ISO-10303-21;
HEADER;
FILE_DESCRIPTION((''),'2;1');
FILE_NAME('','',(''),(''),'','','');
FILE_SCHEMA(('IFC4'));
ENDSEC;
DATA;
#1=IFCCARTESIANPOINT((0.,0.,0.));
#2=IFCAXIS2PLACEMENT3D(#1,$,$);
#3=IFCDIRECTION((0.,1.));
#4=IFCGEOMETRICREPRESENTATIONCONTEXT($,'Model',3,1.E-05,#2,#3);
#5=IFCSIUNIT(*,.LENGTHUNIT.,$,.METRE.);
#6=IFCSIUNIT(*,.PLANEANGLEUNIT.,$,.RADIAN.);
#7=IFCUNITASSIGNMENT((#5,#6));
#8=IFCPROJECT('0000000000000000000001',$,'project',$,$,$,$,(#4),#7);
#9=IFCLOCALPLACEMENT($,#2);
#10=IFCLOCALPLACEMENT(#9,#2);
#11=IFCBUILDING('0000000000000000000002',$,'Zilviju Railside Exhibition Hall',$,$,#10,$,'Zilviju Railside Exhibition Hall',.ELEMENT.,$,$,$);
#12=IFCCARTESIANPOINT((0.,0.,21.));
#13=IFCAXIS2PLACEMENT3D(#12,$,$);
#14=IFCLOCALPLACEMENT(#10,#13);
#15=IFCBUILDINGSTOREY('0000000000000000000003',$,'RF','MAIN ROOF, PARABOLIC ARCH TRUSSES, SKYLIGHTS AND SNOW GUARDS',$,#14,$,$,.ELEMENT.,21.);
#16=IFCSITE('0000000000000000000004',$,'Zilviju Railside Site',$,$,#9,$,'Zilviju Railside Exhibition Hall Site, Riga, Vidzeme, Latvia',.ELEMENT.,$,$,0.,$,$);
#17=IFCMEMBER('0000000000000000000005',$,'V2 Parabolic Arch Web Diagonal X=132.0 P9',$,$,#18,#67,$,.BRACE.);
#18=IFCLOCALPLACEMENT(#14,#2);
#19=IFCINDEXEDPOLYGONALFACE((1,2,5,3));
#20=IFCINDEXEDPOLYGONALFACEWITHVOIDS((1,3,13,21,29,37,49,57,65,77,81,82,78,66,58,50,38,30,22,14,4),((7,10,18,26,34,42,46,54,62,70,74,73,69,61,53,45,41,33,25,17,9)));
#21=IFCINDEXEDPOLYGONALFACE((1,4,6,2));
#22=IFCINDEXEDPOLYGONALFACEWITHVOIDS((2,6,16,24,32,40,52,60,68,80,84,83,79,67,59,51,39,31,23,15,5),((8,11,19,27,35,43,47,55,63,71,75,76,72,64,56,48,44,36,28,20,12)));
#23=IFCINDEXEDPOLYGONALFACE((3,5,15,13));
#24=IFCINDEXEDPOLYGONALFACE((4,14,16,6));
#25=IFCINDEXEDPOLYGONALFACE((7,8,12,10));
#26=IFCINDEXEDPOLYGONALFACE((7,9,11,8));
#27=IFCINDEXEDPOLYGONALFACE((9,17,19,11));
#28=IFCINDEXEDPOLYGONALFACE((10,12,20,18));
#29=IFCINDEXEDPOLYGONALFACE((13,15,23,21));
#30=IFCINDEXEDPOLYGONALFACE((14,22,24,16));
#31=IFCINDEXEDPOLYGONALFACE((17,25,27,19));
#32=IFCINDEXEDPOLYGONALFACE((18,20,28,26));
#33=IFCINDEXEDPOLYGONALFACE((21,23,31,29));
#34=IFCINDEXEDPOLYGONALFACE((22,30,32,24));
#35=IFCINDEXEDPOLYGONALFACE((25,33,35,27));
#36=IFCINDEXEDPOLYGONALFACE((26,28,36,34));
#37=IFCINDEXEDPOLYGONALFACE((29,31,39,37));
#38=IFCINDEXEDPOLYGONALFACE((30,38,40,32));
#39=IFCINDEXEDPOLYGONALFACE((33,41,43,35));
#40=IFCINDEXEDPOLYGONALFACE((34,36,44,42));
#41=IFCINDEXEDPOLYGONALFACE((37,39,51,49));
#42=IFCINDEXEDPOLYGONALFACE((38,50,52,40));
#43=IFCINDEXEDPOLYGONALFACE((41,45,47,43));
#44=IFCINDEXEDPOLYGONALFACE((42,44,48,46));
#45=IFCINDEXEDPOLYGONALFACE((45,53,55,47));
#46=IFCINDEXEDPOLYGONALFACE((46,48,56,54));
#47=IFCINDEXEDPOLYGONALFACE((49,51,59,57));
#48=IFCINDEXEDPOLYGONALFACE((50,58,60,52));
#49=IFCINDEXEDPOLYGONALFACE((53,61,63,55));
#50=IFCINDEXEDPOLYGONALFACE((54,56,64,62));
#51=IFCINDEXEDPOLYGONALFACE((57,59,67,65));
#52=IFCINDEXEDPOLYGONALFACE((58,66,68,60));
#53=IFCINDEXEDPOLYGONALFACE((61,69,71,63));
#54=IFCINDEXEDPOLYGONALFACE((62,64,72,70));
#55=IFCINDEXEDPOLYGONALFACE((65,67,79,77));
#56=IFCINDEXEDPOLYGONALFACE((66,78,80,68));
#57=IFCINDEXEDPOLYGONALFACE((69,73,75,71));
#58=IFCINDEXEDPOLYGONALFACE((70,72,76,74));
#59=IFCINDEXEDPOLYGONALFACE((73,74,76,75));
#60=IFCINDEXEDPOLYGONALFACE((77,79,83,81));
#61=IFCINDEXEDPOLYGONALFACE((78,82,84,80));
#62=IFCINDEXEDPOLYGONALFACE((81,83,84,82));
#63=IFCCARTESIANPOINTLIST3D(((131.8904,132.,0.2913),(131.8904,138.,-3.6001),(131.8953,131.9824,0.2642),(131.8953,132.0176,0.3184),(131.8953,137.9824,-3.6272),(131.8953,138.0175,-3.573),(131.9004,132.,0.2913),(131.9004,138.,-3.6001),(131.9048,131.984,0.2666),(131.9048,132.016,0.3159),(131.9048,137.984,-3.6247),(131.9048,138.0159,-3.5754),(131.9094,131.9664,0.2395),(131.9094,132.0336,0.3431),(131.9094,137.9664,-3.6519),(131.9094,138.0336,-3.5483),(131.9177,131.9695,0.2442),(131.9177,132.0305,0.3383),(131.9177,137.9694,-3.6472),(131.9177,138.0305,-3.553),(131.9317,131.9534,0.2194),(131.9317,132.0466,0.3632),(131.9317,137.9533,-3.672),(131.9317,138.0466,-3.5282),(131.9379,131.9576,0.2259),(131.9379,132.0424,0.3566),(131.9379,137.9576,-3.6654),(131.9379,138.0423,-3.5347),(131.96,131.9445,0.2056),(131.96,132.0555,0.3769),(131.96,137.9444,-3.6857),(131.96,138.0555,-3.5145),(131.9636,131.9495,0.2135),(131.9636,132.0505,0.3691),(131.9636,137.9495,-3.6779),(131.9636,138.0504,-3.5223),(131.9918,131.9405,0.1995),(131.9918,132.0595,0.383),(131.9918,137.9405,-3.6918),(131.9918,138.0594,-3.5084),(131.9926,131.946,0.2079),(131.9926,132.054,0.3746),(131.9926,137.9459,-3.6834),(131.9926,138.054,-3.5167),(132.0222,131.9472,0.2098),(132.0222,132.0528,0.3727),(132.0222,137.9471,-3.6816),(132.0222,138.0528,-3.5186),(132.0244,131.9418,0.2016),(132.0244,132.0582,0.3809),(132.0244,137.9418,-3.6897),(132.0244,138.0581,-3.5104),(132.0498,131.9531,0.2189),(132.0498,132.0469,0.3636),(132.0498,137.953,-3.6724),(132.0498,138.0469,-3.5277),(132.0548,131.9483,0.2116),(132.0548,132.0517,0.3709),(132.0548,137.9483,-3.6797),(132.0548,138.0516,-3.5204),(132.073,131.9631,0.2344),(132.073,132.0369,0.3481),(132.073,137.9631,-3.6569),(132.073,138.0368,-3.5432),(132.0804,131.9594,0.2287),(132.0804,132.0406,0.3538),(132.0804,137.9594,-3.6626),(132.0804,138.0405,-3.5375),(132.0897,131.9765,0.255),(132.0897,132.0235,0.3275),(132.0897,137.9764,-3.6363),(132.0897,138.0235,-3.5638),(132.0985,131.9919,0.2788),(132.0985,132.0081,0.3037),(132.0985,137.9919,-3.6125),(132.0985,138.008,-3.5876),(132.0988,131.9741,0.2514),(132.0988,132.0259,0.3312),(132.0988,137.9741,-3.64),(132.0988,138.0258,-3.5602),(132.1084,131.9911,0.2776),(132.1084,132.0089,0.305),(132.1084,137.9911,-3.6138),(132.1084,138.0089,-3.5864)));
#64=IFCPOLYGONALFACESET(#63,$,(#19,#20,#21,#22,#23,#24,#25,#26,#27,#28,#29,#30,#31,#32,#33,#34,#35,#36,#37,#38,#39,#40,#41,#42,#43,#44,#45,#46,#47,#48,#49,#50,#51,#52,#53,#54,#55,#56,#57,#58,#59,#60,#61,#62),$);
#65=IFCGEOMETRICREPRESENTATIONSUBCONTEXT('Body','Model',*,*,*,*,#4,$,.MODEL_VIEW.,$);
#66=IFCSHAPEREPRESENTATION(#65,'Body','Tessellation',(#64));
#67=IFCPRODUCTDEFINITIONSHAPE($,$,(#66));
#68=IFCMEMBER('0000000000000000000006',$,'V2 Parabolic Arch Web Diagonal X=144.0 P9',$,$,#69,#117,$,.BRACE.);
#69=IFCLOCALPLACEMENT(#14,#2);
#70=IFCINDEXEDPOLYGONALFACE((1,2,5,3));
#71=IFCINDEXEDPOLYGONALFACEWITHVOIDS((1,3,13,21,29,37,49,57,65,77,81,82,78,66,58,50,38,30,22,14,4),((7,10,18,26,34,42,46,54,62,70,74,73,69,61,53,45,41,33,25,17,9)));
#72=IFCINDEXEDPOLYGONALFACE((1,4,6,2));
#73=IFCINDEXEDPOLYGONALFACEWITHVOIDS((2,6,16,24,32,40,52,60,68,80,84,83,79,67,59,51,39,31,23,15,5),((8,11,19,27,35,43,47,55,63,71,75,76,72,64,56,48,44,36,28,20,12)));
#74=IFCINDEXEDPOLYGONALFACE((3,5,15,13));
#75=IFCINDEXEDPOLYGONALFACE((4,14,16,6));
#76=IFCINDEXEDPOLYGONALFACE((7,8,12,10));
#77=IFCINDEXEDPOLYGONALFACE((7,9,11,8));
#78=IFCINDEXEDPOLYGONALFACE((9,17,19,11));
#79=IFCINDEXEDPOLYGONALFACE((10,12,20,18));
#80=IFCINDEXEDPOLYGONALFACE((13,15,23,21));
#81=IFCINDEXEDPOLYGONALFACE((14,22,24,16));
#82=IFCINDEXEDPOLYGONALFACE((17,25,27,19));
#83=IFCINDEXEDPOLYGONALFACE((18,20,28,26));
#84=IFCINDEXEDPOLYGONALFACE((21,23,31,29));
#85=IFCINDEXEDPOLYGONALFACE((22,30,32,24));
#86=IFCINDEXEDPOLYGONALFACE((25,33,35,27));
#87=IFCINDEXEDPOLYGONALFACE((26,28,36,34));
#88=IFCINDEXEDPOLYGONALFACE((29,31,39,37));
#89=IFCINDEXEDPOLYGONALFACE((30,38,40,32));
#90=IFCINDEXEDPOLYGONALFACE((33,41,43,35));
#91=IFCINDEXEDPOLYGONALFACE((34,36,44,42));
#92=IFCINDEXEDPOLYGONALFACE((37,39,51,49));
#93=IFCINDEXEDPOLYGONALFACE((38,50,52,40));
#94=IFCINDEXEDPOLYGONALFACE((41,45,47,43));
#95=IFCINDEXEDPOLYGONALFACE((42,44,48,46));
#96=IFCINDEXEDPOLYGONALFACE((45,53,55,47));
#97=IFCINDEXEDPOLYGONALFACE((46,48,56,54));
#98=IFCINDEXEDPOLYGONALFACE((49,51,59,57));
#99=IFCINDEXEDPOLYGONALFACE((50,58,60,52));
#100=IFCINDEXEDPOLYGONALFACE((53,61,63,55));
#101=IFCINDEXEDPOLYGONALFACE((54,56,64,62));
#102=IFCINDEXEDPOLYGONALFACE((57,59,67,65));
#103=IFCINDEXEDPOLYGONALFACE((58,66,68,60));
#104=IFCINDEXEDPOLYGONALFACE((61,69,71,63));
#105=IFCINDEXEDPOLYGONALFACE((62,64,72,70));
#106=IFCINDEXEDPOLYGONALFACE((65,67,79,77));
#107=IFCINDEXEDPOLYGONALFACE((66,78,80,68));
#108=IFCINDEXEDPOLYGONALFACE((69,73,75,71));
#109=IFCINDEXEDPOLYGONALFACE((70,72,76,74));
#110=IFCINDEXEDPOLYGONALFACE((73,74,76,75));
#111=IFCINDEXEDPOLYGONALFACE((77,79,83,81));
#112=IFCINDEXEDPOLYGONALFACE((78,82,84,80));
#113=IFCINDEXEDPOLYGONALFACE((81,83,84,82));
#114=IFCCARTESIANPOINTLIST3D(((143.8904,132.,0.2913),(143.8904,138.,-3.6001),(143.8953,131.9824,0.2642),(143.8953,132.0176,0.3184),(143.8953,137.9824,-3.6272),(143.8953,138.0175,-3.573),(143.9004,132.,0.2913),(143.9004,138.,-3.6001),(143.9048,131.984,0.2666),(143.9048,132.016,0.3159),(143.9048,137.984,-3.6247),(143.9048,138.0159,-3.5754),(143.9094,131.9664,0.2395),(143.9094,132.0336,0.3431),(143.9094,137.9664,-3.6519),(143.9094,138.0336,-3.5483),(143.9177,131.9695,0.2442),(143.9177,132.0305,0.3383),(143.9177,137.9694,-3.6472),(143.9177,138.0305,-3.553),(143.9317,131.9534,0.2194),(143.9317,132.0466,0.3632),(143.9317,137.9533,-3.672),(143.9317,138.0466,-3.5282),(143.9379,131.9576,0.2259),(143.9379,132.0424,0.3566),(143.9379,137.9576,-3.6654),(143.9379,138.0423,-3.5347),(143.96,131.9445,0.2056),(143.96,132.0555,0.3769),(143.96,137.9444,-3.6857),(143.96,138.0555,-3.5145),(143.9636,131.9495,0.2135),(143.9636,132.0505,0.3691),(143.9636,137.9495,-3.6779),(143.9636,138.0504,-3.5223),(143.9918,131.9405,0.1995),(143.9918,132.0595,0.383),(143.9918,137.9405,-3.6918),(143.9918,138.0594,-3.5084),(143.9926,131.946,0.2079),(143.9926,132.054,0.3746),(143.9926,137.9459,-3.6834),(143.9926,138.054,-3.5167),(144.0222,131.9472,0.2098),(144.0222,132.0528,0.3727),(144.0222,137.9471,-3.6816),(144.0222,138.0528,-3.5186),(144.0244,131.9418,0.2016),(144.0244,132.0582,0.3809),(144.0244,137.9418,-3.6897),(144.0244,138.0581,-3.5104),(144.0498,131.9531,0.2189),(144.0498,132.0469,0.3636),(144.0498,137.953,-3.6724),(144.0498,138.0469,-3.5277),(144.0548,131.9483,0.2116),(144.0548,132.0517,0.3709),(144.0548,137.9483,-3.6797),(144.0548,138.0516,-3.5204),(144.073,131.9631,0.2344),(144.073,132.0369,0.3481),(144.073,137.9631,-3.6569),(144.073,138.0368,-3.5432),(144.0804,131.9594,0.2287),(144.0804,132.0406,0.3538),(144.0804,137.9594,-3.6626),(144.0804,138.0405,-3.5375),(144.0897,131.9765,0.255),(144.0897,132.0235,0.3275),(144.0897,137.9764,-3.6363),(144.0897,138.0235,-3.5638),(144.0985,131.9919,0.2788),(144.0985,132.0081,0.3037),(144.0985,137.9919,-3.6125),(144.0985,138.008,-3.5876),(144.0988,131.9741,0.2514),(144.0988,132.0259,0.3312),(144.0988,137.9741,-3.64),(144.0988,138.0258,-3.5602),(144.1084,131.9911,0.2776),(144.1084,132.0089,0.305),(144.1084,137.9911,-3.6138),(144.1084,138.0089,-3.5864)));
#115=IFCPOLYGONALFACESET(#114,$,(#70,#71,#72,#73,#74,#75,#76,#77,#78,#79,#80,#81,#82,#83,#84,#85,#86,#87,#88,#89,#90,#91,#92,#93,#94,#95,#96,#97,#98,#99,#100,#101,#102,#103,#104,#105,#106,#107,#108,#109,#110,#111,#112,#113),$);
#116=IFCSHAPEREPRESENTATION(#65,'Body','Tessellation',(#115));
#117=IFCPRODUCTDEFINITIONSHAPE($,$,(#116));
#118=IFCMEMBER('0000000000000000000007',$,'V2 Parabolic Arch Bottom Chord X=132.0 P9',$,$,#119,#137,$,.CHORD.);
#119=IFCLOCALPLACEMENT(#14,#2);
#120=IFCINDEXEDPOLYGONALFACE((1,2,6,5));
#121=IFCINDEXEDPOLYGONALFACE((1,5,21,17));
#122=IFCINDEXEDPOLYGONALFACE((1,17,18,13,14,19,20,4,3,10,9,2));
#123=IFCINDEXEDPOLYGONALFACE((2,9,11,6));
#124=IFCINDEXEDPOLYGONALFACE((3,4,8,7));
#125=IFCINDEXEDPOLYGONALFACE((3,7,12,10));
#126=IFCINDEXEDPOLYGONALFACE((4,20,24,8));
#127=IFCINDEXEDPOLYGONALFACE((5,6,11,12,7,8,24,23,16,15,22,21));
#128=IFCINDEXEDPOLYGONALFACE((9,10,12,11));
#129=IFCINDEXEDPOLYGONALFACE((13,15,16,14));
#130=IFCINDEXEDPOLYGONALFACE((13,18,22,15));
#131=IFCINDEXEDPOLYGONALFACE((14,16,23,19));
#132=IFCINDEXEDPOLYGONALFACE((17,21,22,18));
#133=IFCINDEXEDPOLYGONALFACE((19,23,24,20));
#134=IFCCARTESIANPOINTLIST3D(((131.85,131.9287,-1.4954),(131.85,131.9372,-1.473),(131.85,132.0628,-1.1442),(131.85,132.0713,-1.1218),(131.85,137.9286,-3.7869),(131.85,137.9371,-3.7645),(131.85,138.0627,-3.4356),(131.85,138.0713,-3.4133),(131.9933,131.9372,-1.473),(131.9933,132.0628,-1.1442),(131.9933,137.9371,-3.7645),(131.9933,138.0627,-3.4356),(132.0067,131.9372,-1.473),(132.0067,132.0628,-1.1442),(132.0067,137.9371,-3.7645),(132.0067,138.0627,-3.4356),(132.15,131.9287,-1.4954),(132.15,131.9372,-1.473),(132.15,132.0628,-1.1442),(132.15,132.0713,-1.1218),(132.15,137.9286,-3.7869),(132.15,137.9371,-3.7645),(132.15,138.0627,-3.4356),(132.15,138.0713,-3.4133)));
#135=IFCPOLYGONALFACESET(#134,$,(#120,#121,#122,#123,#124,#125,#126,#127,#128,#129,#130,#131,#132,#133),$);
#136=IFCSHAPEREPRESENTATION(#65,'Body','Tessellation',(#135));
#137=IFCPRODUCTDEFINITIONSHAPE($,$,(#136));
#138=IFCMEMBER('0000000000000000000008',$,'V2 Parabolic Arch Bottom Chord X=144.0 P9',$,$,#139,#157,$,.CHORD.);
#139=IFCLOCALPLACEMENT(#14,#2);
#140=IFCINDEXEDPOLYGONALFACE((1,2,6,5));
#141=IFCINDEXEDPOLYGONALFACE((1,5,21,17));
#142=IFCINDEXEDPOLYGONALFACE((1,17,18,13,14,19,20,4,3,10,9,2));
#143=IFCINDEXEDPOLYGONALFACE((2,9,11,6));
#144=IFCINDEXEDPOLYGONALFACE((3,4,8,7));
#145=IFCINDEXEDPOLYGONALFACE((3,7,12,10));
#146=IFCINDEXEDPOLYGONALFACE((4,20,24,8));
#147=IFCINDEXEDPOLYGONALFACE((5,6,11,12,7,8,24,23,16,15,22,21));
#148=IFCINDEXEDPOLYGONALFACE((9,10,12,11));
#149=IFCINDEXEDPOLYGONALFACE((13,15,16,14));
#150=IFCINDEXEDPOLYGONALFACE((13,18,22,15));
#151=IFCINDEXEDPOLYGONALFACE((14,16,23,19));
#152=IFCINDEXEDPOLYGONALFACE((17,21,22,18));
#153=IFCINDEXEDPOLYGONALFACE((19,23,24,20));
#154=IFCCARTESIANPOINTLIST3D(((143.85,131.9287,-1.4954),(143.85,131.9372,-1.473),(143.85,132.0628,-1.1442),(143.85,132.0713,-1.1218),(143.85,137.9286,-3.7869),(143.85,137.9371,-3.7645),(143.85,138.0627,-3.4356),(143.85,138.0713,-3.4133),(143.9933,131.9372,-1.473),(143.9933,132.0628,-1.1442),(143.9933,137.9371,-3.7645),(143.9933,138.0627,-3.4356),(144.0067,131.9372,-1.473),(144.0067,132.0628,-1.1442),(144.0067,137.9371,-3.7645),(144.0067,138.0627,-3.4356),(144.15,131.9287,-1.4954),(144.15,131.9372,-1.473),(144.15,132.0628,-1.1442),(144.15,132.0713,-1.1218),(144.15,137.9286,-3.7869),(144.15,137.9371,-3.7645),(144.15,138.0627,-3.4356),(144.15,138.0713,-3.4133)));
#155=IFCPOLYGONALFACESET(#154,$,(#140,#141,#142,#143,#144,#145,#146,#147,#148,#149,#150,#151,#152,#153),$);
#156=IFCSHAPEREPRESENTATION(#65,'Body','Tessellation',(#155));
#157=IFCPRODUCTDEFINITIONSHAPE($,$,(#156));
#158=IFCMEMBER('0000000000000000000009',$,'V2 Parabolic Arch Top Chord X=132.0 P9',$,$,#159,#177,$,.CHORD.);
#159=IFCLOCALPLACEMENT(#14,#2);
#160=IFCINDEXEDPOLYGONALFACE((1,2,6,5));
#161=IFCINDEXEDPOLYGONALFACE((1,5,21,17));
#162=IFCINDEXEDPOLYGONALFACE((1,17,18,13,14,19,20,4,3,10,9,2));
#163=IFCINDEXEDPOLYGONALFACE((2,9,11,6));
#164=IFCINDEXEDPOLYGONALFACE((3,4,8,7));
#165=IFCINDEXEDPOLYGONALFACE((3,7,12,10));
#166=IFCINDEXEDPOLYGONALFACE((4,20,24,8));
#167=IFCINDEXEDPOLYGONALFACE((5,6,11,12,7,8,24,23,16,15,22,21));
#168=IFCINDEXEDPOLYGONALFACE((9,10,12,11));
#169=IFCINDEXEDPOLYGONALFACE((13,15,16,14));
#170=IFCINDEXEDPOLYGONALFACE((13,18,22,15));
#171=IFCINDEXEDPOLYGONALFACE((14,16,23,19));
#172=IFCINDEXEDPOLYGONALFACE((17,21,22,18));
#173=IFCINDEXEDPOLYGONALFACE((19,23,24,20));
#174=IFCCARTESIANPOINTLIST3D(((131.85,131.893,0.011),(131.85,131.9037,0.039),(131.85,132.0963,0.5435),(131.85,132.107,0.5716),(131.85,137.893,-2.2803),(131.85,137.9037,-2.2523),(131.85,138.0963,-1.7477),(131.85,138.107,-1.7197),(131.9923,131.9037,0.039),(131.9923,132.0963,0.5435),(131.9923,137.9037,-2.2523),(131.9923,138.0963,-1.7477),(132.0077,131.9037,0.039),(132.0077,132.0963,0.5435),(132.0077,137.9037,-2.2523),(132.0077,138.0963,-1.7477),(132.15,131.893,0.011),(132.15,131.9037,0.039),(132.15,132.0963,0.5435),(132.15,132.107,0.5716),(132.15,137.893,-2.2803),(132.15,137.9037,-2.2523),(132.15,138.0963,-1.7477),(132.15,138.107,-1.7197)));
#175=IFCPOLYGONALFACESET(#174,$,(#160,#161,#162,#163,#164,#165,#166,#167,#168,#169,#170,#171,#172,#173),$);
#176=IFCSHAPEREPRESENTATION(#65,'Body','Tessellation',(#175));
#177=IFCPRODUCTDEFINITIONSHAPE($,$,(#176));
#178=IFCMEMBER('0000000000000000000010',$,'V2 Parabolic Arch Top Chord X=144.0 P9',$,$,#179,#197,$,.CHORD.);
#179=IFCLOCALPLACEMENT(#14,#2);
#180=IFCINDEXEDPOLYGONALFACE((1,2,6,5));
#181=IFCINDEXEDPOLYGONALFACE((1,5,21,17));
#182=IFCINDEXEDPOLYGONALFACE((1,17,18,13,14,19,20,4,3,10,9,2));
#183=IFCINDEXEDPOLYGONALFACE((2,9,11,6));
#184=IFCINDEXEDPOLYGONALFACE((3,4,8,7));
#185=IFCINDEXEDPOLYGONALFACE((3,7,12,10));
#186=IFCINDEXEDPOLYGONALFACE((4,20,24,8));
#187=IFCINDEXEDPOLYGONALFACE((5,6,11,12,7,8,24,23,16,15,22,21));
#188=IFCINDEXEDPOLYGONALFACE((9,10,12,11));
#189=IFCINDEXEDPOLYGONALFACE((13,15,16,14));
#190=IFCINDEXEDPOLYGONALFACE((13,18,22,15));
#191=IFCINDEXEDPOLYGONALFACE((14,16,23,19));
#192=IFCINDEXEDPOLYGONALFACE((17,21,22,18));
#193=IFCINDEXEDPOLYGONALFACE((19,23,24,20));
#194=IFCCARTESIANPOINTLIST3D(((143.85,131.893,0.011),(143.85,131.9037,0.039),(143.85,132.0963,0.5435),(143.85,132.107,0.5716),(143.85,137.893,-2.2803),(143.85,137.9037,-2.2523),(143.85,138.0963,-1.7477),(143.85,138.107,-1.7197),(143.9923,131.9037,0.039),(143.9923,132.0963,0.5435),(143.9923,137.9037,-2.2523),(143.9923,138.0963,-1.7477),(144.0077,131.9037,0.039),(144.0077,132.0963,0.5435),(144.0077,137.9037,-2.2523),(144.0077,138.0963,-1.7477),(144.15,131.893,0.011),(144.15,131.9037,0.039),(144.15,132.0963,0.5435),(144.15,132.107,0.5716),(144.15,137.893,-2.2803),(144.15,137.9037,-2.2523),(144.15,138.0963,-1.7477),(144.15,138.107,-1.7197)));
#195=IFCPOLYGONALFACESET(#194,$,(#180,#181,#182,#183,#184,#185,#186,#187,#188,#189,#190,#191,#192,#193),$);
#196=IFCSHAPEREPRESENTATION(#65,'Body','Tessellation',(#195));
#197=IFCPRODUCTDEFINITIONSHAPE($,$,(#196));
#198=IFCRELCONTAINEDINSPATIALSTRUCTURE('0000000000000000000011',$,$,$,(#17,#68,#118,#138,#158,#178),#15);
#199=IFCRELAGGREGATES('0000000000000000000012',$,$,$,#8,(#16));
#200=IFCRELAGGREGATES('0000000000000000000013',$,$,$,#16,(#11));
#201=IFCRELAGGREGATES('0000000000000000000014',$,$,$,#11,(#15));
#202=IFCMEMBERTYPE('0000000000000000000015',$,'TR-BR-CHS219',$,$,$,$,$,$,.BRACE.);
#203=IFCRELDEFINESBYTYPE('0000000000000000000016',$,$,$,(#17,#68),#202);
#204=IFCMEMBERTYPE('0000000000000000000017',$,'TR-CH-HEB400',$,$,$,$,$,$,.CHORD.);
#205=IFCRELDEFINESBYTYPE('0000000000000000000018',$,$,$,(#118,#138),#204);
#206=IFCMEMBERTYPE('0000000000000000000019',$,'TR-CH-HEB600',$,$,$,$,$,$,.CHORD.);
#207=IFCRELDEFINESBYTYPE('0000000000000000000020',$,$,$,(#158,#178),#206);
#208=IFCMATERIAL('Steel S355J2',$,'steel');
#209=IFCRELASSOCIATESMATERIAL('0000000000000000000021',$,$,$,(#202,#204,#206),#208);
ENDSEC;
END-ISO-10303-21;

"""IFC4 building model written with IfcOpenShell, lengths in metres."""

from ifc_helpers import new_model, si_unit, direction, frame, origin, origin_2d, place, context, subcontext, project, spatial, hollow_circle, i_section, extrude, material, material_profile, profile_set, type_object, element, save


model = new_model("IFC4")

# Units and contexts
model_context = context("Model", 3, precision=1e-05, world=origin(), true_north=direction((0.0, 1.0)))
body_context = subcontext(model_context, "Body", "Model", "MODEL_VIEW")
ifc_project = project(units=[si_unit("LENGTHUNIT", "METRE"), si_unit("PLANEANGLEUNIT", "RADIAN")], contexts=[model_context])

# Site, building, storey
site_placement = place(None, origin())
site = spatial("IfcSite", under=ifc_project, at=site_placement, Name="Zilviju Railside Site", LongName="Zilviju Railside Exhibition Hall Site, Riga, Vidzeme, Latvia", CompositionType="ELEMENT", RefElevation=0.0)
building_placement = place(site_placement, origin())
building = spatial("IfcBuilding", under=site, at=building_placement, Name="Zilviju Railside Exhibition Hall", LongName="Zilviju Railside Exhibition Hall", CompositionType="ELEMENT")
storey_placement = place(building_placement, frame((0.0, 0.0, 21.0)))
storey = spatial("IfcBuildingStorey", under=building, at=storey_placement, Name="RF", Description="MAIN ROOF, PARABOLIC ARCH TRUSSES, SKYLIGHTS AND SNOW GUARDS", CompositionType="ELEMENT", Elevation=21.0)

# Shared definitions
ifc_material_1 = material(Name="Steel S355J2", Category="steel")

# Members
ifc_material_profile_1 = material_profile(ifc_material_1, hollow_circle(Radius=0.1096, WallThickness=0.01, at=origin_2d()), Name="CHS 219.1x10.0")
ifc_profile_set_1 = profile_set([ifc_material_profile_1], Name="Steel S355J2")
member_type_1 = type_object("IfcMemberType", Name="TR-BR-CHS219", PredefinedType="BRACE", material=ifc_profile_set_1)
for number, where, z_axis, x_axis, name in (
    (1, (132.0, 132.0, 0.2913), (0.0, 0.838995, -0.544139), (-1.0, 0.0, 0.0), "V2 Parabolic Arch Web Diagonal X=132.0 P9"),
    (2, (144.0, 132.0, 0.2913), (0.0, 0.838995, -0.544139), (-1.0, 0.0, 0.0), "V2 Parabolic Arch Web Diagonal X=144.0 P9"),
):
    element("IfcMember", number, at=place(storey_placement, frame(where, z_axis=z_axis, x_axis=x_axis)), inside=storey, type_object=member_type_1, Name=name, PredefinedType="BRACE", context=body_context, shape_type="SweptSolid", body=[
        extrude(hollow_circle(Radius=0.1096, WallThickness=0.01, at=origin_2d()), origin(), (0.0, 0.0, 1.0), 7.1514),
    ])
ifc_material_profile_2 = material_profile(ifc_material_1, i_section(OverallWidth=0.3, OverallDepth=0.3999, WebThickness=0.0134, FlangeThickness=0.0239, at=origin_2d()), Name="HEB 400")
ifc_profile_set_2 = profile_set([ifc_material_profile_2], Name="Steel S355J2")
member_type_2 = type_object("IfcMemberType", Name="TR-CH-HEB400", PredefinedType="CHORD", material=ifc_profile_set_2)
for number, where, z_axis, x_axis, name in (
    (3, (132.0, 132.0, -1.3086), (0.0, 0.934188, -0.356782), (-1.0, 0.0, 0.0), "V2 Parabolic Arch Bottom Chord X=132.0 P9"),
    (4, (144.0, 132.0, -1.3086), (0.0, 0.934188, -0.356782), (-1.0, 0.0, 0.0), "V2 Parabolic Arch Bottom Chord X=144.0 P9"),
):
    element("IfcMember", number, at=place(storey_placement, frame(where, z_axis=z_axis, x_axis=x_axis)), inside=storey, type_object=member_type_2, Name=name, PredefinedType="CHORD", context=body_context, shape_type="SweptSolid", body=[
        extrude(i_section(OverallWidth=0.3, OverallDepth=0.3999, WebThickness=0.0134, FlangeThickness=0.0239, at=origin_2d()), origin(), (0.0, 0.0, 1.0), 6.4226),
    ])
ifc_material_profile_3 = material_profile(ifc_material_1, i_section(OverallWidth=0.3, OverallDepth=0.6001, WebThickness=0.0154, FlangeThickness=0.03, at=origin_2d()), Name="HEB 600")
ifc_profile_set_3 = profile_set([ifc_material_profile_3], Name="Steel S355J2")
member_type_3 = type_object("IfcMemberType", Name="TR-CH-HEB600", PredefinedType="CHORD", material=ifc_profile_set_3)
for number, where, z_axis, x_axis, name in (
    (5, (132.0, 132.0, 0.2913), (0.0, 0.9342, -0.356749), (-1.0, 0.0, 0.0), "V2 Parabolic Arch Top Chord X=132.0 P9"),
    (6, (144.0, 132.0, 0.2913), (0.0, 0.9342, -0.356749), (-1.0, 0.0, 0.0), "V2 Parabolic Arch Top Chord X=144.0 P9"),
):
    element("IfcMember", number, at=place(storey_placement, frame(where, z_axis=z_axis, x_axis=x_axis)), inside=storey, type_object=member_type_3, Name=name, PredefinedType="CHORD", context=body_context, shape_type="SweptSolid", body=[
        extrude(i_section(OverallWidth=0.3, OverallDepth=0.6001, WebThickness=0.0154, FlangeThickness=0.03, at=origin_2d()), origin(), (0.0, 0.0, 1.0), 6.4226),
    ])

save(model, "model.ifc")
